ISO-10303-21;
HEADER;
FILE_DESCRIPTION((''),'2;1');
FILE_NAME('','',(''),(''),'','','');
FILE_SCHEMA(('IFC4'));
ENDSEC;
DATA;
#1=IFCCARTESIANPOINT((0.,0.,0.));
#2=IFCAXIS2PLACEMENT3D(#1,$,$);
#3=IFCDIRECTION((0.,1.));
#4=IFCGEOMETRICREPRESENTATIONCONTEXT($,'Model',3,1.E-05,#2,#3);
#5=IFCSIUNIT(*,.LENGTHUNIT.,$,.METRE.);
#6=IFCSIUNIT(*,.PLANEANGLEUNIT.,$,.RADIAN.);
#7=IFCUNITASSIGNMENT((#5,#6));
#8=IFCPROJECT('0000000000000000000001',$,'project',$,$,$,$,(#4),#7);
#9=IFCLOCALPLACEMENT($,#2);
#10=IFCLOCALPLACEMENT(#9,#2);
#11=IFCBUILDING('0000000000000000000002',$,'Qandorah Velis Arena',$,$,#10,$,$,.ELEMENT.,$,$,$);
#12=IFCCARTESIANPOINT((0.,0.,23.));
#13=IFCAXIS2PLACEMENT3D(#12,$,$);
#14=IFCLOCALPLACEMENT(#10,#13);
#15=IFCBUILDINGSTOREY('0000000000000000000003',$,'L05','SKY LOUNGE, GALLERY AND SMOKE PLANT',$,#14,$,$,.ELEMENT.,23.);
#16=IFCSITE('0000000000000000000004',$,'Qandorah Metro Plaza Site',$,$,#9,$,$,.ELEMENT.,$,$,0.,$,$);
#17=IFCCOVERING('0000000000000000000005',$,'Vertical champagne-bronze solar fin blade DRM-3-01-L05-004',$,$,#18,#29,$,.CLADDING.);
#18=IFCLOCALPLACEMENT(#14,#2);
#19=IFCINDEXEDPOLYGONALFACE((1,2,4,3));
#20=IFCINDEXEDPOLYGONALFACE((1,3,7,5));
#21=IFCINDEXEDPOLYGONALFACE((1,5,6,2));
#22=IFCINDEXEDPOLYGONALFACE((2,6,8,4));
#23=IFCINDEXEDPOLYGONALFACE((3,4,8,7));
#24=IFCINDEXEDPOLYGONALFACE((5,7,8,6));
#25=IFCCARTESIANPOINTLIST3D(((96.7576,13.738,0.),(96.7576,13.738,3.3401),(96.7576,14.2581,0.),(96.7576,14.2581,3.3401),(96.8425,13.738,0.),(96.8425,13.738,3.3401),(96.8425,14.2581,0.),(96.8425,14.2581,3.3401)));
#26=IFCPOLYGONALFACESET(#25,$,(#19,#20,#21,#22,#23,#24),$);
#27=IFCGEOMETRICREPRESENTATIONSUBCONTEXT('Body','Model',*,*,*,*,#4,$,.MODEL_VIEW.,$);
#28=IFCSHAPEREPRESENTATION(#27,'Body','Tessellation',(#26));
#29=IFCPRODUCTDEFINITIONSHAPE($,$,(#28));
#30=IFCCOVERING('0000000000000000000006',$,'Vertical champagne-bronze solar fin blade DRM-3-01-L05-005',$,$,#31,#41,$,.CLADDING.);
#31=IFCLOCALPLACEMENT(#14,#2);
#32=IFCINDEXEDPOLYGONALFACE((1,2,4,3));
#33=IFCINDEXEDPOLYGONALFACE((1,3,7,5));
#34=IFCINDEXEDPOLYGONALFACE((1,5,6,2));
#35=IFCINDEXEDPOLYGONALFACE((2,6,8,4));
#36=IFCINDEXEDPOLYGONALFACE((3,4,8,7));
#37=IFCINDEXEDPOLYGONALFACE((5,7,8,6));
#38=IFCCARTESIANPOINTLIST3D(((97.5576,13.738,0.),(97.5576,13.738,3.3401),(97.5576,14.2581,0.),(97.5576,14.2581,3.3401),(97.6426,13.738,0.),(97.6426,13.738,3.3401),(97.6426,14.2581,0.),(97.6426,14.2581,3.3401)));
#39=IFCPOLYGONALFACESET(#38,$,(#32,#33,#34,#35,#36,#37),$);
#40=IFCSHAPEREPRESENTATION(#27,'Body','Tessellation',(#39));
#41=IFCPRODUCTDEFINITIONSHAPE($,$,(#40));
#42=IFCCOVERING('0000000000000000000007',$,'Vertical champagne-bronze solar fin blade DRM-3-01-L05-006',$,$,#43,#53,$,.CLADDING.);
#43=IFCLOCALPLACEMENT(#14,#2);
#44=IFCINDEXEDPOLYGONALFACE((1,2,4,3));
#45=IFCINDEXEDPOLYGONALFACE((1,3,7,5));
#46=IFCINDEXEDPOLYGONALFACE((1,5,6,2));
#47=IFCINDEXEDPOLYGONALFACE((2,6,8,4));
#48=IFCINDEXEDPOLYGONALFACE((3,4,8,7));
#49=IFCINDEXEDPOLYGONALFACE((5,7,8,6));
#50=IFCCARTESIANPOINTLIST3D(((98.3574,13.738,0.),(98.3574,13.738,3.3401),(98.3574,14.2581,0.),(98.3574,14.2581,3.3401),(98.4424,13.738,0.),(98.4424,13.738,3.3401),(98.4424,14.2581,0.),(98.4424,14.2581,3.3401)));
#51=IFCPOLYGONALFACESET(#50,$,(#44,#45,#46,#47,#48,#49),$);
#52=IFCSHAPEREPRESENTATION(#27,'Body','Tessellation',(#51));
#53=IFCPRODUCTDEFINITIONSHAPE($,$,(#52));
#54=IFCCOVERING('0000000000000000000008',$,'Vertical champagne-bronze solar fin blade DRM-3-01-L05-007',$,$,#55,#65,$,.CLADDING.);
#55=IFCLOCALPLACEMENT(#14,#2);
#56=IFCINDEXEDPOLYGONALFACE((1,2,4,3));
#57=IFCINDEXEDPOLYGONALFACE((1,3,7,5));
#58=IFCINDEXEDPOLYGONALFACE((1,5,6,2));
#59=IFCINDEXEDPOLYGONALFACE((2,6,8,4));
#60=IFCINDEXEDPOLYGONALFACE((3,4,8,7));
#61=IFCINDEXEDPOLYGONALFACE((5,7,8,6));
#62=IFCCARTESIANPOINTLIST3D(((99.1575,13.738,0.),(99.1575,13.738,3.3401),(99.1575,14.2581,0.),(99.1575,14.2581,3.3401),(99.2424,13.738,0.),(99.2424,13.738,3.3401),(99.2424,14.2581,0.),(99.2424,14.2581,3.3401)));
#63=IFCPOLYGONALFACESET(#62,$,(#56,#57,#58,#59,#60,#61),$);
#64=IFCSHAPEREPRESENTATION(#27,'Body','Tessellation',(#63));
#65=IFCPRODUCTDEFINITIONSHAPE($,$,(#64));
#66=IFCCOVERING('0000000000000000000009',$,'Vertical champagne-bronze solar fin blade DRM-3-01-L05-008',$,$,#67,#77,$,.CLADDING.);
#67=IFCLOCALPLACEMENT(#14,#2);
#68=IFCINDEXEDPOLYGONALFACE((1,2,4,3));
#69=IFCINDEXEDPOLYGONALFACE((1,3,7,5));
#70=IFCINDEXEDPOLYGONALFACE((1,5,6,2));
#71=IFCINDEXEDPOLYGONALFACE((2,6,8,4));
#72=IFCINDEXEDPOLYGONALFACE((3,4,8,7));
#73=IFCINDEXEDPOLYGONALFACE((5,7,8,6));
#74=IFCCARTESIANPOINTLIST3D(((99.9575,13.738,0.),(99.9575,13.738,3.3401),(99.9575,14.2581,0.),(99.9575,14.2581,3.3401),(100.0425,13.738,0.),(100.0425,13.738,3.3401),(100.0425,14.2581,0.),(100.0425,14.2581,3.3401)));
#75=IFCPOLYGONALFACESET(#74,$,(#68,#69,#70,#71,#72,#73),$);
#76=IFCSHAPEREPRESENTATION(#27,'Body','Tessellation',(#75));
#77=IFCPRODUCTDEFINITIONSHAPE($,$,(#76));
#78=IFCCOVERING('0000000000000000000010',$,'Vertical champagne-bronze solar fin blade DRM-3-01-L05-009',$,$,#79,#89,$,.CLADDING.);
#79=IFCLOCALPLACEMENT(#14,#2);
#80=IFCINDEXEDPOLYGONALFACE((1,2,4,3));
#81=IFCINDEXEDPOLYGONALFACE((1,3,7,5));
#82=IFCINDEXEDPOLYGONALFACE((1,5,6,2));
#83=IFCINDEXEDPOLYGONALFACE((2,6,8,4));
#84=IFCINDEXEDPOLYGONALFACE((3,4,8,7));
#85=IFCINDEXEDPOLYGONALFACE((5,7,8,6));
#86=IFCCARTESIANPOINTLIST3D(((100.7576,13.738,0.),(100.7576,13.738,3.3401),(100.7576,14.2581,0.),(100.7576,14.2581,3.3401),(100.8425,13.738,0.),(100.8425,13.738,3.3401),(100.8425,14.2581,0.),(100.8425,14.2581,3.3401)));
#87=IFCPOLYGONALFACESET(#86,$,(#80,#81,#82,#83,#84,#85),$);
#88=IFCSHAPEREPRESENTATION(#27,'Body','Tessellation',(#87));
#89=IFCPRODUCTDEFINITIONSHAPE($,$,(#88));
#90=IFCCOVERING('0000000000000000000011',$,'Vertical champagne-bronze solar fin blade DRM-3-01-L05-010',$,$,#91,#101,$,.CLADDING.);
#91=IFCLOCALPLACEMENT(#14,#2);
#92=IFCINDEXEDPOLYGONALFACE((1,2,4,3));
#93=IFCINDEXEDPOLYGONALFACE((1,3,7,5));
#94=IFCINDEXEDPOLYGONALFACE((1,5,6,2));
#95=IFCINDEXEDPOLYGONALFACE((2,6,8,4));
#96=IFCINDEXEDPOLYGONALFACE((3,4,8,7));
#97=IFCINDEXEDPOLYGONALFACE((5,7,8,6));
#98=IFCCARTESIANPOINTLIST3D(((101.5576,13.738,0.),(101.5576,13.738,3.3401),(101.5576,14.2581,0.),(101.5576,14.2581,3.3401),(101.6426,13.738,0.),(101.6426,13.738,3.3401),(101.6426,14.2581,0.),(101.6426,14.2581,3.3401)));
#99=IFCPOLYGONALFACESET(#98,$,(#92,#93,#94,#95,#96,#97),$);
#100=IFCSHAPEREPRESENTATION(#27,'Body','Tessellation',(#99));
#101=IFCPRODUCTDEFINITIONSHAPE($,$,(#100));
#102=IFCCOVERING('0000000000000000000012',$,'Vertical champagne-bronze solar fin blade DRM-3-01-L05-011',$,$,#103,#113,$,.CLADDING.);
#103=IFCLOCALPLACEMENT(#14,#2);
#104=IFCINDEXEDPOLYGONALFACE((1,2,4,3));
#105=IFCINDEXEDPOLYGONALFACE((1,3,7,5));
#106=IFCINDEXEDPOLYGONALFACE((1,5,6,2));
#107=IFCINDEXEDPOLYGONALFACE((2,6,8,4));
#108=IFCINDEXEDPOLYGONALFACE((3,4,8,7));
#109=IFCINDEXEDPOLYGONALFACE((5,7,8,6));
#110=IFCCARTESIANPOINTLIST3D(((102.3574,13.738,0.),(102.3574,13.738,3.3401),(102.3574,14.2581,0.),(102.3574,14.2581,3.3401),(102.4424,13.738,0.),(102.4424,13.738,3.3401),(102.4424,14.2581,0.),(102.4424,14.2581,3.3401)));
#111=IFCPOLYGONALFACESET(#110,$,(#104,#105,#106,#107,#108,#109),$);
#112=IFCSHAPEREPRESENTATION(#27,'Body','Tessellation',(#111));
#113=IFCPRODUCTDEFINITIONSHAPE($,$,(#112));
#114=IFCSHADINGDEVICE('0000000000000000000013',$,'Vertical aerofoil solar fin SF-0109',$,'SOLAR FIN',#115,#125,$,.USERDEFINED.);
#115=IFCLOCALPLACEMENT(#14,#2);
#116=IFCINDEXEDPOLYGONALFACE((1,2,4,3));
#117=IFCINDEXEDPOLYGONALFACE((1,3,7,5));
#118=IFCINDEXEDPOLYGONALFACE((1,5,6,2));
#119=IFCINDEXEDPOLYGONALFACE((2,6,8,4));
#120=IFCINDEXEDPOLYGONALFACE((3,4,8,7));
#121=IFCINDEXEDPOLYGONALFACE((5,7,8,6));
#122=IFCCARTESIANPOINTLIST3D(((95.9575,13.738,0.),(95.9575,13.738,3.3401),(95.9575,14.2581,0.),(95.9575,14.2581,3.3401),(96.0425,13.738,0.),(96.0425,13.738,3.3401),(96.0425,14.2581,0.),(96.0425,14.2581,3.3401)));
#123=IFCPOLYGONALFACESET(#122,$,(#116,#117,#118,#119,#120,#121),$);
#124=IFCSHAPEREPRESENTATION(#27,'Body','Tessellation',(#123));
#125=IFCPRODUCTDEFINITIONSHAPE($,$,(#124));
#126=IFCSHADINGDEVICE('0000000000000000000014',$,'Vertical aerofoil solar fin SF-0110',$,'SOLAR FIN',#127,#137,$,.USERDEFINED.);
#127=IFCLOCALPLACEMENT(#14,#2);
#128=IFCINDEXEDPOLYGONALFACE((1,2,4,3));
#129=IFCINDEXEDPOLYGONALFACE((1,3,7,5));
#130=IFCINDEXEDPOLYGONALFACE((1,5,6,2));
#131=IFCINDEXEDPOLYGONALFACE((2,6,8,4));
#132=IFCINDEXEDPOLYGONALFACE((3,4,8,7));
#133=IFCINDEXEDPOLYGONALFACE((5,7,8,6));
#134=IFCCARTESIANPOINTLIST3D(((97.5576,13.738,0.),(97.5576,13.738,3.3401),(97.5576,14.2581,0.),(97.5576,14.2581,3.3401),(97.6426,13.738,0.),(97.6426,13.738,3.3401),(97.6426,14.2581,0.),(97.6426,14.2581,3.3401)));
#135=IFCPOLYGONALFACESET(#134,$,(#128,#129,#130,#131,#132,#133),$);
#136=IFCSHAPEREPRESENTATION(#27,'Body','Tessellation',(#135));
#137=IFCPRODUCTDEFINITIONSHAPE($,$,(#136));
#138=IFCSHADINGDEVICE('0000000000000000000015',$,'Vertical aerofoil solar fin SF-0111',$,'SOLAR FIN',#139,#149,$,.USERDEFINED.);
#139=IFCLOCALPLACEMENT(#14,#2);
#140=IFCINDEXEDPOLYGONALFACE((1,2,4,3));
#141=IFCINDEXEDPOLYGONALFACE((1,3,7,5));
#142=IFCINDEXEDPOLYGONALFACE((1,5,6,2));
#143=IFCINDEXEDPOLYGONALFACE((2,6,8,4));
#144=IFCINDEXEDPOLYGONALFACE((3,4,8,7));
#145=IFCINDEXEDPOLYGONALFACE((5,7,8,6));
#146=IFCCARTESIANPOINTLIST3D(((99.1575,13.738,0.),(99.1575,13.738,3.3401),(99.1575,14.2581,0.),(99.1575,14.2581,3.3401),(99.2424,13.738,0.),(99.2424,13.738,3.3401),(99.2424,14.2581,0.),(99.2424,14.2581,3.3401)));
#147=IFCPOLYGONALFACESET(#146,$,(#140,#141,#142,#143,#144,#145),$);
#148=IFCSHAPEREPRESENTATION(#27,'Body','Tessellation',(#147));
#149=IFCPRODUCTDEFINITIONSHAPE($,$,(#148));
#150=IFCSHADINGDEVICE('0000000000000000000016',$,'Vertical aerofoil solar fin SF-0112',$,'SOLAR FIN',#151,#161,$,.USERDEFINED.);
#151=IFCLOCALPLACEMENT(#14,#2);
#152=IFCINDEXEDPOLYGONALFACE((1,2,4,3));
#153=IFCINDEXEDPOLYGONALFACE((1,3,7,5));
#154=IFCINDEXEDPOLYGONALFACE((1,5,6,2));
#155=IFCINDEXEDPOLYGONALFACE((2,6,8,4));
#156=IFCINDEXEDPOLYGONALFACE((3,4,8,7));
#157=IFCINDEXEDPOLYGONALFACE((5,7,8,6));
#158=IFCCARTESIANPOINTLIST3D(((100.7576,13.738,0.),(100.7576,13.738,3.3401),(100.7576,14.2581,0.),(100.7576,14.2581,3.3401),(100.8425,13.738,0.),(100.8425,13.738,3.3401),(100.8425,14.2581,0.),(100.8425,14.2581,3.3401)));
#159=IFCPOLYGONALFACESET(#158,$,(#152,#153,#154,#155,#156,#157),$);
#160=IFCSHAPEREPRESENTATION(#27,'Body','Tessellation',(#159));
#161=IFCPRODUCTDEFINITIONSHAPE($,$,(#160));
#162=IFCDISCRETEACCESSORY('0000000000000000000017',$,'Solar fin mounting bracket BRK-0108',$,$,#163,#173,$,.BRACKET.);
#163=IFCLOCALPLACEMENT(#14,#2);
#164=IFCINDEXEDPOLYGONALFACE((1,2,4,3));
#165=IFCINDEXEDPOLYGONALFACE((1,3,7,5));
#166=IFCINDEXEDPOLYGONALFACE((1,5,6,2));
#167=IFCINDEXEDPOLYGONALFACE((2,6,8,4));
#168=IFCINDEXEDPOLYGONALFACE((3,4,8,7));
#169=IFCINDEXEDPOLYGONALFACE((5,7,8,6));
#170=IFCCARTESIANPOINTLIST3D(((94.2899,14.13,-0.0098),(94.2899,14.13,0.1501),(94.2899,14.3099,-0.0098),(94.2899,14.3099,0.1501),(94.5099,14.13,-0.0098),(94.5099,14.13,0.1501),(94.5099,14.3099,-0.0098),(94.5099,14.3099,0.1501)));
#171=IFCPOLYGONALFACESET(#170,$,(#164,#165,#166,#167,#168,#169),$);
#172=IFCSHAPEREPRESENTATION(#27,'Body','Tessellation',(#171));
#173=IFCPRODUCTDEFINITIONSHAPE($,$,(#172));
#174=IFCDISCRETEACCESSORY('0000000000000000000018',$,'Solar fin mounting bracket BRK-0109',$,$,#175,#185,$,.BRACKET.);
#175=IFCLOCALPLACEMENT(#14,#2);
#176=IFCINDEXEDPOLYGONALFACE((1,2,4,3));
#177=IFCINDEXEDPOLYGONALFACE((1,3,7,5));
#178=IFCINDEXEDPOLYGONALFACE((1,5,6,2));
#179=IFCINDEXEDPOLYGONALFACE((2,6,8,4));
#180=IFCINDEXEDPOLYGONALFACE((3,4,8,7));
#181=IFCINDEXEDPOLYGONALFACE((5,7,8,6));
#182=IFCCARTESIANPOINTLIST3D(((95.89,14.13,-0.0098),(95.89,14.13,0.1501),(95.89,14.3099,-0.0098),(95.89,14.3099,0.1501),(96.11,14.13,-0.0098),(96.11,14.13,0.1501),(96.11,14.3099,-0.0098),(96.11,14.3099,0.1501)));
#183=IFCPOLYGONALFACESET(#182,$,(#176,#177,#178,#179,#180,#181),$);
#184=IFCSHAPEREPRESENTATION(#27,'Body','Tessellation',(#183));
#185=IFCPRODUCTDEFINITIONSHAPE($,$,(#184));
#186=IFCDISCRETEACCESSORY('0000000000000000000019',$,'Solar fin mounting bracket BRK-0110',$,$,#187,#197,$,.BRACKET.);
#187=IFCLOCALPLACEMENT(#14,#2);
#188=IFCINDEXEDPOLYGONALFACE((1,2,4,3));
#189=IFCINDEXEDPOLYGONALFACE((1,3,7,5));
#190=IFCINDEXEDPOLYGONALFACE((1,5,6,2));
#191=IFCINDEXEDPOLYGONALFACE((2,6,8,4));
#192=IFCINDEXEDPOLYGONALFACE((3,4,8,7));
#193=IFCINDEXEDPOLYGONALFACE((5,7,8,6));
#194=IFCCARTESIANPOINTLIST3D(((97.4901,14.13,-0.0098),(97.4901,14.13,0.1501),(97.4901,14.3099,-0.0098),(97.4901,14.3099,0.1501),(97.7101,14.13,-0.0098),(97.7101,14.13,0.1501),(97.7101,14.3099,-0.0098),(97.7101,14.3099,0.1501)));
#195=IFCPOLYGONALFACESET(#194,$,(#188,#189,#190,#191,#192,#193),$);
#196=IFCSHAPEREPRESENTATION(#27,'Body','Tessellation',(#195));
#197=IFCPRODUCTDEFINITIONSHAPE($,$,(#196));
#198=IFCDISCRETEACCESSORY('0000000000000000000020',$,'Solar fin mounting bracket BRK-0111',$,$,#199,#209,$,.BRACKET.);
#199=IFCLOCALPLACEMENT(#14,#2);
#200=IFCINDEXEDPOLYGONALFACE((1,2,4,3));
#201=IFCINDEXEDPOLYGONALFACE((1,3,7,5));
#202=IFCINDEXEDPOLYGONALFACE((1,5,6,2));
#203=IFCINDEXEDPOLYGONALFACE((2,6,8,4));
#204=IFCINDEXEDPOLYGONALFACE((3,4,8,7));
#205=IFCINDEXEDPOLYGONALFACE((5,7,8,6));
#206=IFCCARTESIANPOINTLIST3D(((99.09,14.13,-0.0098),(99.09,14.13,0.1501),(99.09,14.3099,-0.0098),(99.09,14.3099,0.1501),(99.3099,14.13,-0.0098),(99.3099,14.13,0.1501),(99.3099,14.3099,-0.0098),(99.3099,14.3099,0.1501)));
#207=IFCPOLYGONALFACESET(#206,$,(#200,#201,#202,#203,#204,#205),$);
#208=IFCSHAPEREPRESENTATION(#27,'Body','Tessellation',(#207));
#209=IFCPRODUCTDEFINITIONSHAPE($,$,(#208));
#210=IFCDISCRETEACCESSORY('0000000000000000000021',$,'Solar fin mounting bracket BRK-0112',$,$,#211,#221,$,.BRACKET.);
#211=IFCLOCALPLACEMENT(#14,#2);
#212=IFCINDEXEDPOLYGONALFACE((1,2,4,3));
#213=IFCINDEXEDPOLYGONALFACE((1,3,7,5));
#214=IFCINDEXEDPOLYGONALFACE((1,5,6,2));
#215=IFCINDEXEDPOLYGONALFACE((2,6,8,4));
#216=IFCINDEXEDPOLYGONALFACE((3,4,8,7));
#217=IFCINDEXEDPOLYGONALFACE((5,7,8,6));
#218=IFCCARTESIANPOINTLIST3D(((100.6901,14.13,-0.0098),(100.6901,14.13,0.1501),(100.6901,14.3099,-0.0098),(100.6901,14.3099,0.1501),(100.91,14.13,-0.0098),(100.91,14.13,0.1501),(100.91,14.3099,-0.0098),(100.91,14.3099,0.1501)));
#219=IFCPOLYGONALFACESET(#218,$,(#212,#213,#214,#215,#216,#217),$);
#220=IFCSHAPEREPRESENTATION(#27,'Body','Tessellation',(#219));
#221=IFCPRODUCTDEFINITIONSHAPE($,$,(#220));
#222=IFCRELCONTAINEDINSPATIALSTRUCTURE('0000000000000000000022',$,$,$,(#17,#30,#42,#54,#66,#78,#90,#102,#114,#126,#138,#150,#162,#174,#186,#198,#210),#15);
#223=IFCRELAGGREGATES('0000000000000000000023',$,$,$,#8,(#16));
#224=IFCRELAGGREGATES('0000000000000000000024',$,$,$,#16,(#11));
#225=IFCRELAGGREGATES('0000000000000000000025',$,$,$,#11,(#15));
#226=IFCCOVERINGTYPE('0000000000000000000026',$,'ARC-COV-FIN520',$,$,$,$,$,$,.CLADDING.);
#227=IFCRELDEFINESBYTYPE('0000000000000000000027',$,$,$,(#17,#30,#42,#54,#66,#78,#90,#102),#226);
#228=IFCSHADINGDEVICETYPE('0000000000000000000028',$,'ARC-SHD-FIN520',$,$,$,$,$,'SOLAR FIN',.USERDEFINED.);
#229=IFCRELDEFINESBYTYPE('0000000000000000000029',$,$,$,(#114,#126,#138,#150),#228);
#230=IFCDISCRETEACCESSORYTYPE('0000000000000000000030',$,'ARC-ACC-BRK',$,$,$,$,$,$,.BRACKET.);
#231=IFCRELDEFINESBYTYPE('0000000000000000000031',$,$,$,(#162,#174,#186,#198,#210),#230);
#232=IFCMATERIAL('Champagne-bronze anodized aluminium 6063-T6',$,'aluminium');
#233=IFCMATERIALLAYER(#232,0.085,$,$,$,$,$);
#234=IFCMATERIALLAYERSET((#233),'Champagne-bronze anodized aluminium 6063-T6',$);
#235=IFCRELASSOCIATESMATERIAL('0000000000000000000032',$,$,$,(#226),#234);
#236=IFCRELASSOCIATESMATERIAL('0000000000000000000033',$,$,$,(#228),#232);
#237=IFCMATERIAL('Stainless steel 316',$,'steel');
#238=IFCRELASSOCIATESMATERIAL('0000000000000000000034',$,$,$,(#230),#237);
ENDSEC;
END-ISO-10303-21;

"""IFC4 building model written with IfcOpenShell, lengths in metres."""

from ifc_helpers import new_model, si_unit, direction, frame, origin, origin_2d, place, context, subcontext, project, spatial, rectangle, extrude, material, layer, layer_set, type_object, element, save


model = new_model("IFC4")

# Units and contexts
model_context = context("Model", 3, precision=1e-05, world=origin(), true_north=direction((0.0, 1.0)))
body_context = subcontext(model_context, "Body", "Model", "MODEL_VIEW")
ifc_project = project(units=[si_unit("LENGTHUNIT", "METRE"), si_unit("PLANEANGLEUNIT", "RADIAN")], contexts=[model_context])

# Site, building, storey
site_placement = place(None, origin())
site = spatial("IfcSite", under=ifc_project, at=site_placement, Name="Qandorah Metro Plaza Site", CompositionType="ELEMENT", RefElevation=0.0)
building_placement = place(site_placement, origin())
building = spatial("IfcBuilding", under=site, at=building_placement, Name="Qandorah Velis Arena", CompositionType="ELEMENT")
storey_placement = place(building_placement, frame((0.0, 0.0, 23.0)))
storey = spatial("IfcBuildingStorey", under=building, at=storey_placement, Name="L05", Description="SKY LOUNGE, GALLERY AND SMOKE PLANT", CompositionType="ELEMENT", Elevation=23.0)

# Coverings
ifc_material_1 = material(Name="Champagne-bronze anodized aluminium 6063-T6", Category="aluminium")
ifc_layer_1 = layer(ifc_material_1, 0.085)
ifc_layer_set_1 = layer_set([ifc_layer_1], Name="Champagne-bronze anodized aluminium 6063-T6")
covering_type = type_object("IfcCoveringType", Name="ARC-COV-FIN520", PredefinedType="CLADDING", material=ifc_layer_set_1)
for number, where, z_axis, x_axis, name in (
    (1, (96.8, 13.998, 0.0), (0.0, 0.0, 1.0), (1.0, 0.0, 0.0), "Vertical champagne-bronze solar fin blade DRM-3-01-L05-004"),
    (2, (97.6001, 13.998, 0.0), (0.0, 0.0, 1.0), (1.0, 0.0, 0.0), "Vertical champagne-bronze solar fin blade DRM-3-01-L05-005"),
    (3, (98.3999, 13.998, 0.0), (0.0, 0.0, 1.0), (1.0, 0.0, 0.0), "Vertical champagne-bronze solar fin blade DRM-3-01-L05-006"),
    (4, (99.2, 13.998, 0.0), (0.0, 0.0, 1.0), (1.0, 0.0, 0.0), "Vertical champagne-bronze solar fin blade DRM-3-01-L05-007"),
    (5, (100.0, 13.998, 0.0), (0.0, 0.0, 1.0), (1.0, 0.0, 0.0), "Vertical champagne-bronze solar fin blade DRM-3-01-L05-008"),
    (6, (100.8, 13.998, 0.0), (0.0, 0.0, 1.0), (1.0, 0.0, 0.0), "Vertical champagne-bronze solar fin blade DRM-3-01-L05-009"),
    (7, (101.6001, 13.998, 0.0), (0.0, 0.0, 1.0), (1.0, 0.0, 0.0), "Vertical champagne-bronze solar fin blade DRM-3-01-L05-010"),
    (8, (102.3999, 13.998, 0.0), (0.0, 0.0, 1.0), (1.0, 0.0, 0.0), "Vertical champagne-bronze solar fin blade DRM-3-01-L05-011"),
):
    element("IfcCovering", number, at=place(storey_placement, frame(where, z_axis=z_axis, x_axis=x_axis)), inside=storey, type_object=covering_type, Name=name, PredefinedType="CLADDING", context=body_context, shape_type="SweptSolid", body=[
        extrude(rectangle(XDim=0.085, YDim=0.52, at=origin_2d()), origin(), (0.0, 0.0, 1.0), 3.3401),
    ])

# Shading devices
shading_device_type = type_object("IfcShadingDeviceType", Name="ARC-SHD-FIN520", ElementType="SOLAR FIN", PredefinedType="USERDEFINED", material=ifc_material_1)
for number, where, z_axis, x_axis, name in (
    (9, (96.0, 13.998, 0.0), (0.0, 0.0, 1.0), (1.0, 0.0, 0.0), "Vertical aerofoil solar fin SF-0109"),
    (10, (97.6001, 13.998, 0.0), (0.0, 0.0, 1.0), (1.0, 0.0, 0.0), "Vertical aerofoil solar fin SF-0110"),
    (11, (99.2, 13.998, 0.0), (0.0, 0.0, 1.0), (1.0, 0.0, 0.0), "Vertical aerofoil solar fin SF-0111"),
    (12, (100.8, 13.998, 0.0), (0.0, 0.0, 1.0), (1.0, 0.0, 0.0), "Vertical aerofoil solar fin SF-0112"),
):
    element("IfcShadingDevice", number, at=place(storey_placement, frame(where, z_axis=z_axis, x_axis=x_axis)), inside=storey, type_object=shading_device_type, Name=name, ObjectType="SOLAR FIN", PredefinedType="USERDEFINED", context=body_context, shape_type="SweptSolid", body=[
        extrude(rectangle(XDim=0.085, YDim=0.52, at=origin_2d()), origin(), (0.0, 0.0, 1.0), 3.3401),
    ])

# Discrete accessories
ifc_material_2 = material(Name="Stainless steel 316", Category="steel")
discrete_accessory_type = type_object("IfcDiscreteAccessoryType", Name="ARC-ACC-BRK", PredefinedType="BRACKET", material=ifc_material_2)
for number, where, z_axis, x_axis, name in (
    (13, (94.3999, 14.22, -0.0098), (0.0, 0.0, 1.0), (1.0, 0.0, 0.0), "Solar fin mounting bracket BRK-0108"),
    (14, (96.0, 14.22, -0.0098), (0.0, 0.0, 1.0), (1.0, 0.0, 0.0), "Solar fin mounting bracket BRK-0109"),
    (15, (97.6001, 14.22, -0.0098), (0.0, 0.0, 1.0), (1.0, 0.0, 0.0), "Solar fin mounting bracket BRK-0110"),
    (16, (99.2, 14.22, -0.0098), (0.0, 0.0, 1.0), (1.0, 0.0, 0.0), "Solar fin mounting bracket BRK-0111"),
    (17, (100.8, 14.22, -0.0098), (0.0, 0.0, 1.0), (1.0, 0.0, 0.0), "Solar fin mounting bracket BRK-0112"),
):
    element("IfcDiscreteAccessory", number, at=place(storey_placement, frame(where, z_axis=z_axis, x_axis=x_axis)), inside=storey, type_object=discrete_accessory_type, Name=name, PredefinedType="BRACKET", context=body_context, shape_type="SweptSolid", body=[
        extrude(rectangle(XDim=0.22, YDim=0.1799, at=origin_2d()), origin(), (0.0, 0.0, 1.0), 0.1599),
    ])

save(model, "model.ifc")
